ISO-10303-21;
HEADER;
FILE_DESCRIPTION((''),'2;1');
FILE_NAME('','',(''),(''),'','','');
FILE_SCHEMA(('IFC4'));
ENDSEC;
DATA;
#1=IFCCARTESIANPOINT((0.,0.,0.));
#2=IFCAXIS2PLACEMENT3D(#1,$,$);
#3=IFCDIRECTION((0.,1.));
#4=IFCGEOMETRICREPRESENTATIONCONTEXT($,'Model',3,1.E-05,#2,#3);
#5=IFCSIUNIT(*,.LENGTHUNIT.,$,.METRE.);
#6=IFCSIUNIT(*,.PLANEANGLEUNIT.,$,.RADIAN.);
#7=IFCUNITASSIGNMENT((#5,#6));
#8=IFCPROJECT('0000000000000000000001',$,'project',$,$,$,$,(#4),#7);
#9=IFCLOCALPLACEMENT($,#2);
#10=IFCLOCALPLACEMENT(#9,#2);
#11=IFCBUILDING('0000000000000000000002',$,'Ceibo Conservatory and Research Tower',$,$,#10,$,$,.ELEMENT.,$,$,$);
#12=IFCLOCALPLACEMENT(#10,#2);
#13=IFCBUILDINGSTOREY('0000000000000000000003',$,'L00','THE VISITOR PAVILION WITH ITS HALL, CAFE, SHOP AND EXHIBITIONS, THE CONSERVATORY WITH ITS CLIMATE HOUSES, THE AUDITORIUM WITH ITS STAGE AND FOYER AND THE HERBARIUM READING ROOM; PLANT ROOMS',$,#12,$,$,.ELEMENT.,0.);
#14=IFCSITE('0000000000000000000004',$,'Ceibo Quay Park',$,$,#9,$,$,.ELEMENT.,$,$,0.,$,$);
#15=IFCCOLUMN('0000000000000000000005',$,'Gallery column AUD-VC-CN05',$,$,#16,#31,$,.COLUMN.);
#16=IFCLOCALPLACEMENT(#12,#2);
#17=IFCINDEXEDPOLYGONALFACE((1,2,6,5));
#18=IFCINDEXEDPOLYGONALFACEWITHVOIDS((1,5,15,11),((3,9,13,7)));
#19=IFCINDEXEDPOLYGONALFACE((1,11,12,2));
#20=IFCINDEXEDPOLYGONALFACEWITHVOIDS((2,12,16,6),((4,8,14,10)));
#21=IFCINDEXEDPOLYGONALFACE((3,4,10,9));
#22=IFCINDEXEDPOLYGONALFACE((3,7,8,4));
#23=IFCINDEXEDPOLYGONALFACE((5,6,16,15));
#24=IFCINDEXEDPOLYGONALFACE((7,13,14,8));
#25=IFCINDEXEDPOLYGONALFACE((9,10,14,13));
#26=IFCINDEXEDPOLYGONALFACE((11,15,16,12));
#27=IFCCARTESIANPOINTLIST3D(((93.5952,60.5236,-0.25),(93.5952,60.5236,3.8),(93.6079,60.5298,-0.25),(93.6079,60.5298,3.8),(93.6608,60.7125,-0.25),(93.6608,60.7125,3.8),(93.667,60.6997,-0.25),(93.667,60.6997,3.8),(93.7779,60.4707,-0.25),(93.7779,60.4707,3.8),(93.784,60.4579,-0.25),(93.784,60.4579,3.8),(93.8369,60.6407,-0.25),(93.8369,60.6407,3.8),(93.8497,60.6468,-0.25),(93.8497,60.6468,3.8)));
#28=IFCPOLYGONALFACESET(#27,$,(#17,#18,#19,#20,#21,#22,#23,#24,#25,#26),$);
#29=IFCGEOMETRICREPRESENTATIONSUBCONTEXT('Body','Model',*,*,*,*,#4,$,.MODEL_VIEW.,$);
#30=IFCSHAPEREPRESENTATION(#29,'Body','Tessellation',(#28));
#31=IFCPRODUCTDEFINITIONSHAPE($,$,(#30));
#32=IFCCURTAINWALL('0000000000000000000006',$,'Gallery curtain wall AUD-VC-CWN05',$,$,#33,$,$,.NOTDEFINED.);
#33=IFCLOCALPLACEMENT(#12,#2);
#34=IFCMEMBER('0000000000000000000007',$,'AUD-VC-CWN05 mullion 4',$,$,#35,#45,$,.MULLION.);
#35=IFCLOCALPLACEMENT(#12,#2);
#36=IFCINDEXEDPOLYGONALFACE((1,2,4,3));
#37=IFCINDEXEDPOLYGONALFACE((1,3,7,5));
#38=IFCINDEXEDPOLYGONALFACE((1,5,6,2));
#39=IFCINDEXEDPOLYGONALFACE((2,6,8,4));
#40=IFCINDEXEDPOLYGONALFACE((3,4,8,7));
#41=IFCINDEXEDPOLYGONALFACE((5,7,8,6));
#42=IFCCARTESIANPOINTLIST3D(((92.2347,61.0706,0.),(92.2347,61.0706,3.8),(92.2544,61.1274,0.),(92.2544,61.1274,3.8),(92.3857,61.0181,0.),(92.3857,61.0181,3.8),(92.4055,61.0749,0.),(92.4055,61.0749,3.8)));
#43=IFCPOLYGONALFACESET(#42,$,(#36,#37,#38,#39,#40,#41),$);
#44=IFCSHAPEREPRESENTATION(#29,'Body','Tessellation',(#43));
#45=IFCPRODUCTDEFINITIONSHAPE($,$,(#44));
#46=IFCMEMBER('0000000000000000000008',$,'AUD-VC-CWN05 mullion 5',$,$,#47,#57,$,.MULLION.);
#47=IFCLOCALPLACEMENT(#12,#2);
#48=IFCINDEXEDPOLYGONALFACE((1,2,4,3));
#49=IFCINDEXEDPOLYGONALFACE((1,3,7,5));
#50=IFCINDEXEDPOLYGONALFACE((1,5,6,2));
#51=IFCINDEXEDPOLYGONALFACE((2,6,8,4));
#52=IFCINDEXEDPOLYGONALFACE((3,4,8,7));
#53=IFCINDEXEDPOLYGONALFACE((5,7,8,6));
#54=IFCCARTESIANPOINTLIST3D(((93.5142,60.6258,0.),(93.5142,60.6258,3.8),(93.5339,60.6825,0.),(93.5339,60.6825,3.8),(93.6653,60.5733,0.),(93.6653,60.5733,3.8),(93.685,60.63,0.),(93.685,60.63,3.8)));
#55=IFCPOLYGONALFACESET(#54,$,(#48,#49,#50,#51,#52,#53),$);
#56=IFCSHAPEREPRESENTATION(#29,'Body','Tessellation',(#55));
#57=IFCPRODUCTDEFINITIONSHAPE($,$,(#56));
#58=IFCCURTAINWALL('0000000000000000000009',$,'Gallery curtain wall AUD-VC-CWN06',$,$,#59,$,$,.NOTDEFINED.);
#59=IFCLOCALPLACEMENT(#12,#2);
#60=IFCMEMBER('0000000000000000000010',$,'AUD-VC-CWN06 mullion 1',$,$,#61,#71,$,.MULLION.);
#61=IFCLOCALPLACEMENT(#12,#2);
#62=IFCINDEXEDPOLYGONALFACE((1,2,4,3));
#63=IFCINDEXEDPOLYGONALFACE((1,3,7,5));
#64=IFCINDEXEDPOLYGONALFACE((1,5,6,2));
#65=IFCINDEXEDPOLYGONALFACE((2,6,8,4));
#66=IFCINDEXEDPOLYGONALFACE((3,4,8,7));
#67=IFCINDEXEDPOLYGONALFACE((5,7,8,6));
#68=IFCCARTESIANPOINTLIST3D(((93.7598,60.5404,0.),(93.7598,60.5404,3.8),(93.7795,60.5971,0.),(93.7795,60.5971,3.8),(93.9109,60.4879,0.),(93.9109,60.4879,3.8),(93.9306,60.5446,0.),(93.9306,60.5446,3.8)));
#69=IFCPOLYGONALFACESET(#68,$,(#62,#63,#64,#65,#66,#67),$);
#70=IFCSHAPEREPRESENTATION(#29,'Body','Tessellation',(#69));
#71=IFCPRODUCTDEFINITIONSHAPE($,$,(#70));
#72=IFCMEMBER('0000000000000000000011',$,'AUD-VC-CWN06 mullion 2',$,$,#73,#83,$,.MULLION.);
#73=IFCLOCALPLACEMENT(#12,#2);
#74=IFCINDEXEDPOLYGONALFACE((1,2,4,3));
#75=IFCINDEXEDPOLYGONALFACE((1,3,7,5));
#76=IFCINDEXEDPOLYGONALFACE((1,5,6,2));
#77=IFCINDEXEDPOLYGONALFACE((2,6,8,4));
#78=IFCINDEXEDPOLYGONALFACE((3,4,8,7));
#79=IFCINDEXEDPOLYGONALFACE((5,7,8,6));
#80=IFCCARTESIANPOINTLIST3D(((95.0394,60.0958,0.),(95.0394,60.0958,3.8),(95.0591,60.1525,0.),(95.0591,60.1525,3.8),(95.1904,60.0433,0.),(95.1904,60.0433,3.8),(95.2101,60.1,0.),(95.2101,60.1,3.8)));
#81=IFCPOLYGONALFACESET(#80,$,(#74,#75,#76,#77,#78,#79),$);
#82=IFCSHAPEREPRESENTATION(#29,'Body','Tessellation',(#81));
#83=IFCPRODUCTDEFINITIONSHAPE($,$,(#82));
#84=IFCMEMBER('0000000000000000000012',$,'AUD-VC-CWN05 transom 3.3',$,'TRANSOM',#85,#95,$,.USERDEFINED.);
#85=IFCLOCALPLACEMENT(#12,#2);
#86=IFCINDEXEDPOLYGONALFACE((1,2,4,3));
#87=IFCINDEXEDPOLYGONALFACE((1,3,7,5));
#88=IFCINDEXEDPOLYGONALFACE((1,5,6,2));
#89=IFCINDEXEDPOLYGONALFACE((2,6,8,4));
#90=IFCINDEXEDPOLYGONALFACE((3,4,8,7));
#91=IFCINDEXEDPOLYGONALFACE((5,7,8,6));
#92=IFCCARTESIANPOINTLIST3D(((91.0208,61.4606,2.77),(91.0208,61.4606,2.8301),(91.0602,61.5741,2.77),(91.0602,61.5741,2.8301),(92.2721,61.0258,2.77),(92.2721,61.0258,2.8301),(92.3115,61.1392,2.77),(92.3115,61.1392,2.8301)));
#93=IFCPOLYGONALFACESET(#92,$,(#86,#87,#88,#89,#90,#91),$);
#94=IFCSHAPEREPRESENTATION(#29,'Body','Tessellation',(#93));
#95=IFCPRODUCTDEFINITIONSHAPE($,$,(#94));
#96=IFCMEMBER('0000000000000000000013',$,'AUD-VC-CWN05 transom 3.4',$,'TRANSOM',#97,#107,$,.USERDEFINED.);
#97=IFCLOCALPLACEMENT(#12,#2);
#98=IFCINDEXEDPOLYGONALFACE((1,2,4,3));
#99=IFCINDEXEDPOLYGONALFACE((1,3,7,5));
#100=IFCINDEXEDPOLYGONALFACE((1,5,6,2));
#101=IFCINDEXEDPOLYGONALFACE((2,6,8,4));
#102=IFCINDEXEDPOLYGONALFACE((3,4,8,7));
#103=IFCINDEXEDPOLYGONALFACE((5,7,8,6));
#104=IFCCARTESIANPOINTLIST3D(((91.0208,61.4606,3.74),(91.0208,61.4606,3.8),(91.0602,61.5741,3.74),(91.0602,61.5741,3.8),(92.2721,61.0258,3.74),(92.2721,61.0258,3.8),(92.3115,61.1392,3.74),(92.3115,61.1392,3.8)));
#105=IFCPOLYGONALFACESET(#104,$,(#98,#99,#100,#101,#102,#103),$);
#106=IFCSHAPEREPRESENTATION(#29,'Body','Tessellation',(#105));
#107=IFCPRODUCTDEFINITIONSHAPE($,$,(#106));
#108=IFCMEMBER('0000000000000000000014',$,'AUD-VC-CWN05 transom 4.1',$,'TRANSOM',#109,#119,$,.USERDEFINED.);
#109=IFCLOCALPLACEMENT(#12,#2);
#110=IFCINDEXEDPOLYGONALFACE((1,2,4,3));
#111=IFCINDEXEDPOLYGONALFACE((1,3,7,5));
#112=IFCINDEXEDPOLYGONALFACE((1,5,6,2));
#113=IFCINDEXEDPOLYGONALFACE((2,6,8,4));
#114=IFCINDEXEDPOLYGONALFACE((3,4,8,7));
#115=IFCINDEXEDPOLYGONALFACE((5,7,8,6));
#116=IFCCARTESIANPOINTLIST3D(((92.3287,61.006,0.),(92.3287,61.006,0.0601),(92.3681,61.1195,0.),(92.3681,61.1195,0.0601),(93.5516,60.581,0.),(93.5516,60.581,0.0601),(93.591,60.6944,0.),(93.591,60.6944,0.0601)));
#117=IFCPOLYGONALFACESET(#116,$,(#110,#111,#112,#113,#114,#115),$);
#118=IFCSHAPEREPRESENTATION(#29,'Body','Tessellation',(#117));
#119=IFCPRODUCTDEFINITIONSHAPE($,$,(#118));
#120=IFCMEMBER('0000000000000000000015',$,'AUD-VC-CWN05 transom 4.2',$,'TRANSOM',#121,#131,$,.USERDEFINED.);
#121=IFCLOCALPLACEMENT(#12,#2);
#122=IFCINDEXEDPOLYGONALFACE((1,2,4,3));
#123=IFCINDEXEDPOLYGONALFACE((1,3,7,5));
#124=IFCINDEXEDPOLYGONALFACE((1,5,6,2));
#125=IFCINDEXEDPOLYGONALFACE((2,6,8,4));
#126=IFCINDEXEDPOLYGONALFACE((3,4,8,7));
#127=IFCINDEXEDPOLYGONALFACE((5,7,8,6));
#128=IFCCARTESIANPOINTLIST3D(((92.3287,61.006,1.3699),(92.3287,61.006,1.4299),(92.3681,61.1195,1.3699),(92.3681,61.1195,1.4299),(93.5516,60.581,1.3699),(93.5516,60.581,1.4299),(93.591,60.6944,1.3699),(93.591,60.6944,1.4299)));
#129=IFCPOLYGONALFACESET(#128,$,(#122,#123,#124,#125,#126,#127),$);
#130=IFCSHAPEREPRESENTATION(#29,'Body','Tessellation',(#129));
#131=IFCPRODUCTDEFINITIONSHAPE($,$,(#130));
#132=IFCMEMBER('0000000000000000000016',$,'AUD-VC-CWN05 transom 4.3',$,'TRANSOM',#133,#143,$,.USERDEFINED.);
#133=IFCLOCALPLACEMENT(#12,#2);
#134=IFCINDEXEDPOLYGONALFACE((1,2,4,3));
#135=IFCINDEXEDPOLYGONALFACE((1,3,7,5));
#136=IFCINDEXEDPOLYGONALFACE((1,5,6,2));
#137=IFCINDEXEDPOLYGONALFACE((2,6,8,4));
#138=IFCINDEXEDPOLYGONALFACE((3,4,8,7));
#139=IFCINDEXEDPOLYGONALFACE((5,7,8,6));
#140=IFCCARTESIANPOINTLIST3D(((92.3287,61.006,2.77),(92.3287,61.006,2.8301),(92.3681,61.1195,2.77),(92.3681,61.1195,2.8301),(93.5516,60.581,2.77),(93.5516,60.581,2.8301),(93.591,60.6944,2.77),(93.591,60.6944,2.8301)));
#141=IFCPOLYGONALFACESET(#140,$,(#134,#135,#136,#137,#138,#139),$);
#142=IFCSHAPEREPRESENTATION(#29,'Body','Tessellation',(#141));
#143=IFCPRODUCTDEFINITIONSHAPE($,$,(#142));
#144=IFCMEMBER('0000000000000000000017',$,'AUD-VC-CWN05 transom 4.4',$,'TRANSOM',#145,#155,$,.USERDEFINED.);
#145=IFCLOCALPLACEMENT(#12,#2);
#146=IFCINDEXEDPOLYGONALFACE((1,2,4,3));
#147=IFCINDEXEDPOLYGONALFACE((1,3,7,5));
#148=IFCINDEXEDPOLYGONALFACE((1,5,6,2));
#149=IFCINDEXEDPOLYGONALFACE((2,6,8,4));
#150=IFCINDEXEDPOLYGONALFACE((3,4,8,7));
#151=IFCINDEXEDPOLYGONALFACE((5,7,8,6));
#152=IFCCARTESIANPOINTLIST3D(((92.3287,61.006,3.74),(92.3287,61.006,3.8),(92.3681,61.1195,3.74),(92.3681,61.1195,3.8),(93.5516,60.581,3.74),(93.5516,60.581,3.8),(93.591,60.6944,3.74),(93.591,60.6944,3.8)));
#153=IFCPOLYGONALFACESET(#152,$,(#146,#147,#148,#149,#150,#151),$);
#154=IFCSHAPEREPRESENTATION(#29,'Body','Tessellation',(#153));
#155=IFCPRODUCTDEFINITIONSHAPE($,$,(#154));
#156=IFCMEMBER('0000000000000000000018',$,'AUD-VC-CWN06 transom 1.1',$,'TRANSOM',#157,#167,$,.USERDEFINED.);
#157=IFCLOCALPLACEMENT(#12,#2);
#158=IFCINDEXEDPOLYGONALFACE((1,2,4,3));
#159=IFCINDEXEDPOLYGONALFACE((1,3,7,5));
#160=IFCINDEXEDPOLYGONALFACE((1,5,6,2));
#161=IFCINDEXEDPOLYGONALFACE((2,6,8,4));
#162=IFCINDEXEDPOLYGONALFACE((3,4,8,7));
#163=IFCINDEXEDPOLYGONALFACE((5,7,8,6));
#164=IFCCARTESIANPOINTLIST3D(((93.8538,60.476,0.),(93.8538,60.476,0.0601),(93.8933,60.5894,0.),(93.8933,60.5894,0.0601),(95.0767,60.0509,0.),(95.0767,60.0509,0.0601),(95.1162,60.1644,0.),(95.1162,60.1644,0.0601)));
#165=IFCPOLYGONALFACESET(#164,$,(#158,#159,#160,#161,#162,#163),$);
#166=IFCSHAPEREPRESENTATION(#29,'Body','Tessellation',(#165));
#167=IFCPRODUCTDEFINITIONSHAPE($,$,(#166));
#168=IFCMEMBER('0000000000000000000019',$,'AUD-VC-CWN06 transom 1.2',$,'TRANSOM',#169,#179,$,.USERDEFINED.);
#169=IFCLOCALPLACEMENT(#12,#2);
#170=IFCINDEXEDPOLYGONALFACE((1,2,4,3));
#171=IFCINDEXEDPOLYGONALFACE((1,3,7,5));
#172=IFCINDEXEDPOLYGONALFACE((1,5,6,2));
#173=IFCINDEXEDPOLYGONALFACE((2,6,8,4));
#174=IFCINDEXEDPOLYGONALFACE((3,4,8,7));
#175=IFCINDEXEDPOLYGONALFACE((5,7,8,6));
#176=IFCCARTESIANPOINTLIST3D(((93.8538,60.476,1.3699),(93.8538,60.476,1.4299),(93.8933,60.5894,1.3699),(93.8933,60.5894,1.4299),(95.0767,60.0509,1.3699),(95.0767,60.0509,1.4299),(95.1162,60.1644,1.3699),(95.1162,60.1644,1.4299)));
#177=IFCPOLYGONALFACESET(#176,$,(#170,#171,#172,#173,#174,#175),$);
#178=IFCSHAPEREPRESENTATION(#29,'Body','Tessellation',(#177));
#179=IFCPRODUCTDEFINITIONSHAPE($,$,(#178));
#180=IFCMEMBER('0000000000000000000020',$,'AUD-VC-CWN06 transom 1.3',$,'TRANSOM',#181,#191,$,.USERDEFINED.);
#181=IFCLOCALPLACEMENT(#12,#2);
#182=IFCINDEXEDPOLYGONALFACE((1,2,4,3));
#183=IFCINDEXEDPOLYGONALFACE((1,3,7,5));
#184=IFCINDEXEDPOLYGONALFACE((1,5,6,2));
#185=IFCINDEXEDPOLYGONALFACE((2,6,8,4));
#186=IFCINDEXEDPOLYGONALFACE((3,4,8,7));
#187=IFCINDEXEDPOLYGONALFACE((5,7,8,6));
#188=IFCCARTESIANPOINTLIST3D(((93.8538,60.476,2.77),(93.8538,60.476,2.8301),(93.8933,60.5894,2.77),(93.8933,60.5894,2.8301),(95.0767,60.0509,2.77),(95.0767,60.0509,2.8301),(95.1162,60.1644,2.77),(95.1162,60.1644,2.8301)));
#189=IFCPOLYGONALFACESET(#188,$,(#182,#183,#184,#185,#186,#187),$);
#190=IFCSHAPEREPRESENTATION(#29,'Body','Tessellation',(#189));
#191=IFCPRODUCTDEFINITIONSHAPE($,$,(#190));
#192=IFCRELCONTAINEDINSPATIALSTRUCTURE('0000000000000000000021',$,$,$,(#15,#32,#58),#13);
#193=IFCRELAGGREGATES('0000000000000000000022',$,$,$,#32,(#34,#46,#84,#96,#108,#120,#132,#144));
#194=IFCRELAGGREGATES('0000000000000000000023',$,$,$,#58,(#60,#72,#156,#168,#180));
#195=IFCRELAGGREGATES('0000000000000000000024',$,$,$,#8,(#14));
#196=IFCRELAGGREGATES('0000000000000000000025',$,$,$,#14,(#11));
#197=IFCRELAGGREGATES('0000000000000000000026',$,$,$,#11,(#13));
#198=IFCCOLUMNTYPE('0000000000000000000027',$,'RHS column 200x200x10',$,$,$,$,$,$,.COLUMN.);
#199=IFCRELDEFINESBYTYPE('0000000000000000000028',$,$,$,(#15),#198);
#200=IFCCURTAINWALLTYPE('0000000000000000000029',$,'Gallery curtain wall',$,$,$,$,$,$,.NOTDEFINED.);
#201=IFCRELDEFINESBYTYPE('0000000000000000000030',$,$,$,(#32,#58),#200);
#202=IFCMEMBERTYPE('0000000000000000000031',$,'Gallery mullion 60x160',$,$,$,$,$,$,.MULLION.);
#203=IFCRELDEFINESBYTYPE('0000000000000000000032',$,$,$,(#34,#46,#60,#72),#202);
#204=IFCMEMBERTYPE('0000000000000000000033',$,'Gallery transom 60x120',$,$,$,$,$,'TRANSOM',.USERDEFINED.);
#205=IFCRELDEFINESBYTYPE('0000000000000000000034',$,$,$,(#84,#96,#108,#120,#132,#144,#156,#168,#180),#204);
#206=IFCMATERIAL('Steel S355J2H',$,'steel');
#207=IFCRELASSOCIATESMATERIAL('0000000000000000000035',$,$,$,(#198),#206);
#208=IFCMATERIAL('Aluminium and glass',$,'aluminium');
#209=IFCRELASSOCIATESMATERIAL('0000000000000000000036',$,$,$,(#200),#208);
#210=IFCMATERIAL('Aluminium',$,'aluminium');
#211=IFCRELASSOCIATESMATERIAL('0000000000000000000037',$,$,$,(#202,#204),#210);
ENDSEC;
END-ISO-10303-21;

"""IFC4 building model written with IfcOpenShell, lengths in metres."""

from ifc_helpers import new_model, si_unit, direction, frame, origin, origin_2d, place, context, subcontext, project, spatial, rectangle, hollow_rectangle, extrude, material, material_profile, profile_set, type_object, element, aggregate, save


model = new_model("IFC4")

# Units and contexts
model_context = context("Model", 3, precision=1e-05, world=origin(), true_north=direction((0.0, 1.0)))
body_context = subcontext(model_context, "Body", "Model", "MODEL_VIEW")
ifc_project = project(units=[si_unit("LENGTHUNIT", "METRE"), si_unit("PLANEANGLEUNIT", "RADIAN")], contexts=[model_context])

# Site, building, storey
site_placement = place(None, origin())
site = spatial("IfcSite", under=ifc_project, at=site_placement, Name="Ceibo Quay Park", CompositionType="ELEMENT", RefElevation=0.0)
building_placement = place(site_placement, origin())
building = spatial("IfcBuilding", under=site, at=building_placement, Name="Ceibo Conservatory and Research Tower", CompositionType="ELEMENT")
storey_placement = place(building_placement, origin())
storey = spatial("IfcBuildingStorey", under=building, at=storey_placement, Name="L00", Description="THE VISITOR PAVILION WITH ITS HALL, CAFE, SHOP AND EXHIBITIONS, THE CONSERVATORY WITH ITS CLIMATE HOUSES, THE AUDITORIUM WITH ITS STAGE AND FOYER AND THE HERBARIUM READING ROOM; PLANT ROOMS", CompositionType="ELEMENT", Elevation=0.0)

# Column
ifc_material_1 = material(Name="Steel S355J2H", Category="steel")
ifc_material_profile_1 = material_profile(ifc_material_1, hollow_rectangle(XDim=0.2, YDim=0.2, WallThickness=0.01, at=origin_2d()), Name="RHS column 200x200x10")
ifc_profile_set_1 = profile_set([ifc_material_profile_1], Name="Steel S355J2H")
column_type = type_object("IfcColumnType", Name="RHS column 200x200x10", PredefinedType="COLUMN", material=ifc_profile_set_1)
column_placement = place(storey_placement, frame((93.7224, 60.5852, -0.25), z_axis=(0.0, 0.0, 1.0), x_axis=(0.944579, -0.328284, 0.0)))
element("IfcColumn", 1, at=column_placement, inside=storey, type_object=column_type, Name="Gallery column AUD-VC-CN05", PredefinedType="COLUMN", context=body_context, shape_type="SweptSolid", body=[
    extrude(hollow_rectangle(XDim=0.2, YDim=0.2, WallThickness=0.01, at=origin_2d()), origin(), (0.0, 0.0, 1.0), 4.05),
])

# Curtain walls, members
ifc_material_2 = material(Name="Aluminium and glass", Category="aluminium")
curtain_wall_type = type_object("IfcCurtainWallType", Name="Gallery curtain wall", PredefinedType="NOTDEFINED", material=ifc_material_2)
curtain_wall_1_placement = place(storey_placement, origin())
curtain_wall_1 = element("IfcCurtainWall", 2, at=curtain_wall_1_placement, inside=storey, type_object=curtain_wall_type, Name="Gallery curtain wall AUD-VC-CWN05", PredefinedType="NOTDEFINED")
ifc_material_3 = material(Name="Aluminium", Category="aluminium")
ifc_material_profile_2 = material_profile(ifc_material_3, rectangle(XDim=0.0601, YDim=0.1599, at=origin_2d()), Name="AL 60x160")
ifc_profile_set_2 = profile_set([ifc_material_profile_2], Name="Aluminium")
member_type_1 = type_object("IfcMemberType", Name="Gallery mullion 60x160", PredefinedType="MULLION", material=ifc_profile_set_2)
member_1_placement = place(storey_placement, frame((92.3201, 61.0728, 0.0), z_axis=(0.0, 0.0, 1.0), x_axis=(0.328284, 0.944579, 0.0)))
member_1 = element("IfcMember", 3, at=member_1_placement, type_object=member_type_1, Name="AUD-VC-CWN05 mullion 4", PredefinedType="MULLION", context=body_context, shape_type="SweptSolid", body=[
    extrude(rectangle(XDim=0.0601, YDim=0.1599, at=origin_2d()), origin(), (0.0, 0.0, 1.0), 3.8),
])
member_2_placement = place(storey_placement, frame((93.5996, 60.6279, 0.0), z_axis=(0.0, 0.0, 1.0), x_axis=(0.328284, 0.944579, 0.0)))
member_2 = element("IfcMember", 4, at=member_2_placement, type_object=member_type_1, Name="AUD-VC-CWN05 mullion 5", PredefinedType="MULLION", context=body_context, shape_type="SweptSolid", body=[
    extrude(rectangle(XDim=0.0601, YDim=0.1599, at=origin_2d()), origin(), (0.0, 0.0, 1.0), 3.8),
])
curtain_wall_2_placement = place(storey_placement, origin())
curtain_wall_2 = element("IfcCurtainWall", 5, at=curtain_wall_2_placement, inside=storey, type_object=curtain_wall_type, Name="Gallery curtain wall AUD-VC-CWN06", PredefinedType="NOTDEFINED")
member_3_placement = place(storey_placement, frame((93.8452, 60.5425, 0.0), z_axis=(0.0, 0.0, 1.0), x_axis=(0.328284, 0.944579, 0.0)))
member_3 = element("IfcMember", 6, at=member_3_placement, type_object=member_type_1, Name="AUD-VC-CWN06 mullion 1", PredefinedType="MULLION", context=body_context, shape_type="SweptSolid", body=[
    extrude(rectangle(XDim=0.0601, YDim=0.1599, at=origin_2d()), origin(), (0.0, 0.0, 1.0), 3.8),
])
member_4_placement = place(storey_placement, frame((95.1248, 60.0979, 0.0), z_axis=(0.0, 0.0, 1.0), x_axis=(0.328284, 0.944579, 0.0)))
member_4 = element("IfcMember", 7, at=member_4_placement, type_object=member_type_1, Name="AUD-VC-CWN06 mullion 2", PredefinedType="MULLION", context=body_context, shape_type="SweptSolid", body=[
    extrude(rectangle(XDim=0.0601, YDim=0.1599, at=origin_2d()), origin(), (0.0, 0.0, 1.0), 3.8),
])

# Members
ifc_material_profile_3 = material_profile(ifc_material_3, rectangle(XDim=0.1201, YDim=0.0601, at=origin_2d()), Name="AL 60x120")
ifc_profile_set_3 = profile_set([ifc_material_profile_3], Name="Aluminium")
member_type_2 = type_object("IfcMemberType", Name="Gallery transom 60x120", ElementType="TRANSOM", PredefinedType="USERDEFINED", material=ifc_profile_set_3)
member_5_placement = place(storey_placement, frame((91.0405, 61.5173, 2.8), z_axis=(0.944589, -0.328256, 0.0), x_axis=(0.328256, 0.944589, 0.0)))
member_5 = element("IfcMember", 8, at=member_5_placement, type_object=member_type_2, Name="AUD-VC-CWN05 transom 3.3", ObjectType="TRANSOM", PredefinedType="USERDEFINED", context=body_context, shape_type="SweptSolid", body=[
    extrude(rectangle(XDim=0.1201, YDim=0.0601, at=origin_2d()), origin(), (0.0, 0.0, 1.0), 1.3247),
])
member_6_placement = place(storey_placement, frame((91.0405, 61.5173, 3.77), z_axis=(0.944589, -0.328256, 0.0), x_axis=(0.328256, 0.944589, 0.0)))
member_6 = element("IfcMember", 9, at=member_6_placement, type_object=member_type_2, Name="AUD-VC-CWN05 transom 3.4", ObjectType="TRANSOM", PredefinedType="USERDEFINED", context=body_context, shape_type="SweptSolid", body=[
    extrude(rectangle(XDim=0.1201, YDim=0.0601, at=origin_2d()), origin(), (0.0, 0.0, 1.0), 1.3247),
])
member_7_placement = place(storey_placement, frame((92.3484, 61.0627, 0.03), z_axis=(0.944571, -0.328309, 0.0), x_axis=(0.328309, 0.944571, 0.0)))
member_7 = element("IfcMember", 10, at=member_7_placement, type_object=member_type_2, Name="AUD-VC-CWN05 transom 4.1", ObjectType="TRANSOM", PredefinedType="USERDEFINED", context=body_context, shape_type="SweptSolid", body=[
    extrude(rectangle(XDim=0.1201, YDim=0.0601, at=origin_2d()), origin(), (0.0, 0.0, 1.0), 1.2947),
])
member_8_placement = place(storey_placement, frame((92.3484, 61.0627, 1.3999), z_axis=(0.944571, -0.328309, 0.0), x_axis=(0.328309, 0.944571, 0.0)))
member_8 = element("IfcMember", 11, at=member_8_placement, type_object=member_type_2, Name="AUD-VC-CWN05 transom 4.2", ObjectType="TRANSOM", PredefinedType="USERDEFINED", context=body_context, shape_type="SweptSolid", body=[
    extrude(rectangle(XDim=0.1201, YDim=0.0601, at=origin_2d()), origin(), (0.0, 0.0, 1.0), 1.2947),
])
member_9_placement = place(storey_placement, frame((92.3484, 61.0627, 2.8), z_axis=(0.944571, -0.328309, 0.0), x_axis=(0.328309, 0.944571, 0.0)))
member_9 = element("IfcMember", 12, at=member_9_placement, type_object=member_type_2, Name="AUD-VC-CWN05 transom 4.3", ObjectType="TRANSOM", PredefinedType="USERDEFINED", context=body_context, shape_type="SweptSolid", body=[
    extrude(rectangle(XDim=0.1201, YDim=0.0601, at=origin_2d()), origin(), (0.0, 0.0, 1.0), 1.2947),
])
member_10_placement = place(storey_placement, frame((92.3484, 61.0627, 3.77), z_axis=(0.944571, -0.328309, 0.0), x_axis=(0.328309, 0.944571, 0.0)))
member_10 = element("IfcMember", 13, at=member_10_placement, type_object=member_type_2, Name="AUD-VC-CWN05 transom 4.4", ObjectType="TRANSOM", PredefinedType="USERDEFINED", context=body_context, shape_type="SweptSolid", body=[
    extrude(rectangle(XDim=0.1201, YDim=0.0601, at=origin_2d()), origin(), (0.0, 0.0, 1.0), 1.2947),
])
member_11_placement = place(storey_placement, frame((93.8735, 60.5327, 0.03), z_axis=(0.944571, -0.328309, 0.0), x_axis=(0.328309, 0.944571, 0.0)))
member_11 = element("IfcMember", 14, at=member_11_placement, type_object=member_type_2, Name="AUD-VC-CWN06 transom 1.1", ObjectType="TRANSOM", PredefinedType="USERDEFINED", context=body_context, shape_type="SweptSolid", body=[
    extrude(rectangle(XDim=0.1201, YDim=0.0601, at=origin_2d()), origin(), (0.0, 0.0, 1.0), 1.2947),
])
member_12_placement = place(storey_placement, frame((93.8735, 60.5327, 1.3999), z_axis=(0.944571, -0.328309, 0.0), x_axis=(0.328309, 0.944571, 0.0)))
member_12 = element("IfcMember", 15, at=member_12_placement, type_object=member_type_2, Name="AUD-VC-CWN06 transom 1.2", ObjectType="TRANSOM", PredefinedType="USERDEFINED", context=body_context, shape_type="SweptSolid", body=[
    extrude(rectangle(XDim=0.1201, YDim=0.0601, at=origin_2d()), origin(), (0.0, 0.0, 1.0), 1.2947),
])
member_13_placement = place(storey_placement, frame((93.8735, 60.5327, 2.8), z_axis=(0.944571, -0.328309, 0.0), x_axis=(0.328309, 0.944571, 0.0)))
member_13 = element("IfcMember", 16, at=member_13_placement, type_object=member_type_2, Name="AUD-VC-CWN06 transom 1.3", ObjectType="TRANSOM", PredefinedType="USERDEFINED", context=body_context, shape_type="SweptSolid", body=[
    extrude(rectangle(XDim=0.1201, YDim=0.0601, at=origin_2d()), origin(), (0.0, 0.0, 1.0), 1.2947),
])

aggregate(curtain_wall_1, [member_1, member_2, member_5, member_6, member_7, member_8, member_9, member_10])
aggregate(curtain_wall_2, [member_3, member_4, member_11, member_12, member_13])

save(model, "model.ifc")
